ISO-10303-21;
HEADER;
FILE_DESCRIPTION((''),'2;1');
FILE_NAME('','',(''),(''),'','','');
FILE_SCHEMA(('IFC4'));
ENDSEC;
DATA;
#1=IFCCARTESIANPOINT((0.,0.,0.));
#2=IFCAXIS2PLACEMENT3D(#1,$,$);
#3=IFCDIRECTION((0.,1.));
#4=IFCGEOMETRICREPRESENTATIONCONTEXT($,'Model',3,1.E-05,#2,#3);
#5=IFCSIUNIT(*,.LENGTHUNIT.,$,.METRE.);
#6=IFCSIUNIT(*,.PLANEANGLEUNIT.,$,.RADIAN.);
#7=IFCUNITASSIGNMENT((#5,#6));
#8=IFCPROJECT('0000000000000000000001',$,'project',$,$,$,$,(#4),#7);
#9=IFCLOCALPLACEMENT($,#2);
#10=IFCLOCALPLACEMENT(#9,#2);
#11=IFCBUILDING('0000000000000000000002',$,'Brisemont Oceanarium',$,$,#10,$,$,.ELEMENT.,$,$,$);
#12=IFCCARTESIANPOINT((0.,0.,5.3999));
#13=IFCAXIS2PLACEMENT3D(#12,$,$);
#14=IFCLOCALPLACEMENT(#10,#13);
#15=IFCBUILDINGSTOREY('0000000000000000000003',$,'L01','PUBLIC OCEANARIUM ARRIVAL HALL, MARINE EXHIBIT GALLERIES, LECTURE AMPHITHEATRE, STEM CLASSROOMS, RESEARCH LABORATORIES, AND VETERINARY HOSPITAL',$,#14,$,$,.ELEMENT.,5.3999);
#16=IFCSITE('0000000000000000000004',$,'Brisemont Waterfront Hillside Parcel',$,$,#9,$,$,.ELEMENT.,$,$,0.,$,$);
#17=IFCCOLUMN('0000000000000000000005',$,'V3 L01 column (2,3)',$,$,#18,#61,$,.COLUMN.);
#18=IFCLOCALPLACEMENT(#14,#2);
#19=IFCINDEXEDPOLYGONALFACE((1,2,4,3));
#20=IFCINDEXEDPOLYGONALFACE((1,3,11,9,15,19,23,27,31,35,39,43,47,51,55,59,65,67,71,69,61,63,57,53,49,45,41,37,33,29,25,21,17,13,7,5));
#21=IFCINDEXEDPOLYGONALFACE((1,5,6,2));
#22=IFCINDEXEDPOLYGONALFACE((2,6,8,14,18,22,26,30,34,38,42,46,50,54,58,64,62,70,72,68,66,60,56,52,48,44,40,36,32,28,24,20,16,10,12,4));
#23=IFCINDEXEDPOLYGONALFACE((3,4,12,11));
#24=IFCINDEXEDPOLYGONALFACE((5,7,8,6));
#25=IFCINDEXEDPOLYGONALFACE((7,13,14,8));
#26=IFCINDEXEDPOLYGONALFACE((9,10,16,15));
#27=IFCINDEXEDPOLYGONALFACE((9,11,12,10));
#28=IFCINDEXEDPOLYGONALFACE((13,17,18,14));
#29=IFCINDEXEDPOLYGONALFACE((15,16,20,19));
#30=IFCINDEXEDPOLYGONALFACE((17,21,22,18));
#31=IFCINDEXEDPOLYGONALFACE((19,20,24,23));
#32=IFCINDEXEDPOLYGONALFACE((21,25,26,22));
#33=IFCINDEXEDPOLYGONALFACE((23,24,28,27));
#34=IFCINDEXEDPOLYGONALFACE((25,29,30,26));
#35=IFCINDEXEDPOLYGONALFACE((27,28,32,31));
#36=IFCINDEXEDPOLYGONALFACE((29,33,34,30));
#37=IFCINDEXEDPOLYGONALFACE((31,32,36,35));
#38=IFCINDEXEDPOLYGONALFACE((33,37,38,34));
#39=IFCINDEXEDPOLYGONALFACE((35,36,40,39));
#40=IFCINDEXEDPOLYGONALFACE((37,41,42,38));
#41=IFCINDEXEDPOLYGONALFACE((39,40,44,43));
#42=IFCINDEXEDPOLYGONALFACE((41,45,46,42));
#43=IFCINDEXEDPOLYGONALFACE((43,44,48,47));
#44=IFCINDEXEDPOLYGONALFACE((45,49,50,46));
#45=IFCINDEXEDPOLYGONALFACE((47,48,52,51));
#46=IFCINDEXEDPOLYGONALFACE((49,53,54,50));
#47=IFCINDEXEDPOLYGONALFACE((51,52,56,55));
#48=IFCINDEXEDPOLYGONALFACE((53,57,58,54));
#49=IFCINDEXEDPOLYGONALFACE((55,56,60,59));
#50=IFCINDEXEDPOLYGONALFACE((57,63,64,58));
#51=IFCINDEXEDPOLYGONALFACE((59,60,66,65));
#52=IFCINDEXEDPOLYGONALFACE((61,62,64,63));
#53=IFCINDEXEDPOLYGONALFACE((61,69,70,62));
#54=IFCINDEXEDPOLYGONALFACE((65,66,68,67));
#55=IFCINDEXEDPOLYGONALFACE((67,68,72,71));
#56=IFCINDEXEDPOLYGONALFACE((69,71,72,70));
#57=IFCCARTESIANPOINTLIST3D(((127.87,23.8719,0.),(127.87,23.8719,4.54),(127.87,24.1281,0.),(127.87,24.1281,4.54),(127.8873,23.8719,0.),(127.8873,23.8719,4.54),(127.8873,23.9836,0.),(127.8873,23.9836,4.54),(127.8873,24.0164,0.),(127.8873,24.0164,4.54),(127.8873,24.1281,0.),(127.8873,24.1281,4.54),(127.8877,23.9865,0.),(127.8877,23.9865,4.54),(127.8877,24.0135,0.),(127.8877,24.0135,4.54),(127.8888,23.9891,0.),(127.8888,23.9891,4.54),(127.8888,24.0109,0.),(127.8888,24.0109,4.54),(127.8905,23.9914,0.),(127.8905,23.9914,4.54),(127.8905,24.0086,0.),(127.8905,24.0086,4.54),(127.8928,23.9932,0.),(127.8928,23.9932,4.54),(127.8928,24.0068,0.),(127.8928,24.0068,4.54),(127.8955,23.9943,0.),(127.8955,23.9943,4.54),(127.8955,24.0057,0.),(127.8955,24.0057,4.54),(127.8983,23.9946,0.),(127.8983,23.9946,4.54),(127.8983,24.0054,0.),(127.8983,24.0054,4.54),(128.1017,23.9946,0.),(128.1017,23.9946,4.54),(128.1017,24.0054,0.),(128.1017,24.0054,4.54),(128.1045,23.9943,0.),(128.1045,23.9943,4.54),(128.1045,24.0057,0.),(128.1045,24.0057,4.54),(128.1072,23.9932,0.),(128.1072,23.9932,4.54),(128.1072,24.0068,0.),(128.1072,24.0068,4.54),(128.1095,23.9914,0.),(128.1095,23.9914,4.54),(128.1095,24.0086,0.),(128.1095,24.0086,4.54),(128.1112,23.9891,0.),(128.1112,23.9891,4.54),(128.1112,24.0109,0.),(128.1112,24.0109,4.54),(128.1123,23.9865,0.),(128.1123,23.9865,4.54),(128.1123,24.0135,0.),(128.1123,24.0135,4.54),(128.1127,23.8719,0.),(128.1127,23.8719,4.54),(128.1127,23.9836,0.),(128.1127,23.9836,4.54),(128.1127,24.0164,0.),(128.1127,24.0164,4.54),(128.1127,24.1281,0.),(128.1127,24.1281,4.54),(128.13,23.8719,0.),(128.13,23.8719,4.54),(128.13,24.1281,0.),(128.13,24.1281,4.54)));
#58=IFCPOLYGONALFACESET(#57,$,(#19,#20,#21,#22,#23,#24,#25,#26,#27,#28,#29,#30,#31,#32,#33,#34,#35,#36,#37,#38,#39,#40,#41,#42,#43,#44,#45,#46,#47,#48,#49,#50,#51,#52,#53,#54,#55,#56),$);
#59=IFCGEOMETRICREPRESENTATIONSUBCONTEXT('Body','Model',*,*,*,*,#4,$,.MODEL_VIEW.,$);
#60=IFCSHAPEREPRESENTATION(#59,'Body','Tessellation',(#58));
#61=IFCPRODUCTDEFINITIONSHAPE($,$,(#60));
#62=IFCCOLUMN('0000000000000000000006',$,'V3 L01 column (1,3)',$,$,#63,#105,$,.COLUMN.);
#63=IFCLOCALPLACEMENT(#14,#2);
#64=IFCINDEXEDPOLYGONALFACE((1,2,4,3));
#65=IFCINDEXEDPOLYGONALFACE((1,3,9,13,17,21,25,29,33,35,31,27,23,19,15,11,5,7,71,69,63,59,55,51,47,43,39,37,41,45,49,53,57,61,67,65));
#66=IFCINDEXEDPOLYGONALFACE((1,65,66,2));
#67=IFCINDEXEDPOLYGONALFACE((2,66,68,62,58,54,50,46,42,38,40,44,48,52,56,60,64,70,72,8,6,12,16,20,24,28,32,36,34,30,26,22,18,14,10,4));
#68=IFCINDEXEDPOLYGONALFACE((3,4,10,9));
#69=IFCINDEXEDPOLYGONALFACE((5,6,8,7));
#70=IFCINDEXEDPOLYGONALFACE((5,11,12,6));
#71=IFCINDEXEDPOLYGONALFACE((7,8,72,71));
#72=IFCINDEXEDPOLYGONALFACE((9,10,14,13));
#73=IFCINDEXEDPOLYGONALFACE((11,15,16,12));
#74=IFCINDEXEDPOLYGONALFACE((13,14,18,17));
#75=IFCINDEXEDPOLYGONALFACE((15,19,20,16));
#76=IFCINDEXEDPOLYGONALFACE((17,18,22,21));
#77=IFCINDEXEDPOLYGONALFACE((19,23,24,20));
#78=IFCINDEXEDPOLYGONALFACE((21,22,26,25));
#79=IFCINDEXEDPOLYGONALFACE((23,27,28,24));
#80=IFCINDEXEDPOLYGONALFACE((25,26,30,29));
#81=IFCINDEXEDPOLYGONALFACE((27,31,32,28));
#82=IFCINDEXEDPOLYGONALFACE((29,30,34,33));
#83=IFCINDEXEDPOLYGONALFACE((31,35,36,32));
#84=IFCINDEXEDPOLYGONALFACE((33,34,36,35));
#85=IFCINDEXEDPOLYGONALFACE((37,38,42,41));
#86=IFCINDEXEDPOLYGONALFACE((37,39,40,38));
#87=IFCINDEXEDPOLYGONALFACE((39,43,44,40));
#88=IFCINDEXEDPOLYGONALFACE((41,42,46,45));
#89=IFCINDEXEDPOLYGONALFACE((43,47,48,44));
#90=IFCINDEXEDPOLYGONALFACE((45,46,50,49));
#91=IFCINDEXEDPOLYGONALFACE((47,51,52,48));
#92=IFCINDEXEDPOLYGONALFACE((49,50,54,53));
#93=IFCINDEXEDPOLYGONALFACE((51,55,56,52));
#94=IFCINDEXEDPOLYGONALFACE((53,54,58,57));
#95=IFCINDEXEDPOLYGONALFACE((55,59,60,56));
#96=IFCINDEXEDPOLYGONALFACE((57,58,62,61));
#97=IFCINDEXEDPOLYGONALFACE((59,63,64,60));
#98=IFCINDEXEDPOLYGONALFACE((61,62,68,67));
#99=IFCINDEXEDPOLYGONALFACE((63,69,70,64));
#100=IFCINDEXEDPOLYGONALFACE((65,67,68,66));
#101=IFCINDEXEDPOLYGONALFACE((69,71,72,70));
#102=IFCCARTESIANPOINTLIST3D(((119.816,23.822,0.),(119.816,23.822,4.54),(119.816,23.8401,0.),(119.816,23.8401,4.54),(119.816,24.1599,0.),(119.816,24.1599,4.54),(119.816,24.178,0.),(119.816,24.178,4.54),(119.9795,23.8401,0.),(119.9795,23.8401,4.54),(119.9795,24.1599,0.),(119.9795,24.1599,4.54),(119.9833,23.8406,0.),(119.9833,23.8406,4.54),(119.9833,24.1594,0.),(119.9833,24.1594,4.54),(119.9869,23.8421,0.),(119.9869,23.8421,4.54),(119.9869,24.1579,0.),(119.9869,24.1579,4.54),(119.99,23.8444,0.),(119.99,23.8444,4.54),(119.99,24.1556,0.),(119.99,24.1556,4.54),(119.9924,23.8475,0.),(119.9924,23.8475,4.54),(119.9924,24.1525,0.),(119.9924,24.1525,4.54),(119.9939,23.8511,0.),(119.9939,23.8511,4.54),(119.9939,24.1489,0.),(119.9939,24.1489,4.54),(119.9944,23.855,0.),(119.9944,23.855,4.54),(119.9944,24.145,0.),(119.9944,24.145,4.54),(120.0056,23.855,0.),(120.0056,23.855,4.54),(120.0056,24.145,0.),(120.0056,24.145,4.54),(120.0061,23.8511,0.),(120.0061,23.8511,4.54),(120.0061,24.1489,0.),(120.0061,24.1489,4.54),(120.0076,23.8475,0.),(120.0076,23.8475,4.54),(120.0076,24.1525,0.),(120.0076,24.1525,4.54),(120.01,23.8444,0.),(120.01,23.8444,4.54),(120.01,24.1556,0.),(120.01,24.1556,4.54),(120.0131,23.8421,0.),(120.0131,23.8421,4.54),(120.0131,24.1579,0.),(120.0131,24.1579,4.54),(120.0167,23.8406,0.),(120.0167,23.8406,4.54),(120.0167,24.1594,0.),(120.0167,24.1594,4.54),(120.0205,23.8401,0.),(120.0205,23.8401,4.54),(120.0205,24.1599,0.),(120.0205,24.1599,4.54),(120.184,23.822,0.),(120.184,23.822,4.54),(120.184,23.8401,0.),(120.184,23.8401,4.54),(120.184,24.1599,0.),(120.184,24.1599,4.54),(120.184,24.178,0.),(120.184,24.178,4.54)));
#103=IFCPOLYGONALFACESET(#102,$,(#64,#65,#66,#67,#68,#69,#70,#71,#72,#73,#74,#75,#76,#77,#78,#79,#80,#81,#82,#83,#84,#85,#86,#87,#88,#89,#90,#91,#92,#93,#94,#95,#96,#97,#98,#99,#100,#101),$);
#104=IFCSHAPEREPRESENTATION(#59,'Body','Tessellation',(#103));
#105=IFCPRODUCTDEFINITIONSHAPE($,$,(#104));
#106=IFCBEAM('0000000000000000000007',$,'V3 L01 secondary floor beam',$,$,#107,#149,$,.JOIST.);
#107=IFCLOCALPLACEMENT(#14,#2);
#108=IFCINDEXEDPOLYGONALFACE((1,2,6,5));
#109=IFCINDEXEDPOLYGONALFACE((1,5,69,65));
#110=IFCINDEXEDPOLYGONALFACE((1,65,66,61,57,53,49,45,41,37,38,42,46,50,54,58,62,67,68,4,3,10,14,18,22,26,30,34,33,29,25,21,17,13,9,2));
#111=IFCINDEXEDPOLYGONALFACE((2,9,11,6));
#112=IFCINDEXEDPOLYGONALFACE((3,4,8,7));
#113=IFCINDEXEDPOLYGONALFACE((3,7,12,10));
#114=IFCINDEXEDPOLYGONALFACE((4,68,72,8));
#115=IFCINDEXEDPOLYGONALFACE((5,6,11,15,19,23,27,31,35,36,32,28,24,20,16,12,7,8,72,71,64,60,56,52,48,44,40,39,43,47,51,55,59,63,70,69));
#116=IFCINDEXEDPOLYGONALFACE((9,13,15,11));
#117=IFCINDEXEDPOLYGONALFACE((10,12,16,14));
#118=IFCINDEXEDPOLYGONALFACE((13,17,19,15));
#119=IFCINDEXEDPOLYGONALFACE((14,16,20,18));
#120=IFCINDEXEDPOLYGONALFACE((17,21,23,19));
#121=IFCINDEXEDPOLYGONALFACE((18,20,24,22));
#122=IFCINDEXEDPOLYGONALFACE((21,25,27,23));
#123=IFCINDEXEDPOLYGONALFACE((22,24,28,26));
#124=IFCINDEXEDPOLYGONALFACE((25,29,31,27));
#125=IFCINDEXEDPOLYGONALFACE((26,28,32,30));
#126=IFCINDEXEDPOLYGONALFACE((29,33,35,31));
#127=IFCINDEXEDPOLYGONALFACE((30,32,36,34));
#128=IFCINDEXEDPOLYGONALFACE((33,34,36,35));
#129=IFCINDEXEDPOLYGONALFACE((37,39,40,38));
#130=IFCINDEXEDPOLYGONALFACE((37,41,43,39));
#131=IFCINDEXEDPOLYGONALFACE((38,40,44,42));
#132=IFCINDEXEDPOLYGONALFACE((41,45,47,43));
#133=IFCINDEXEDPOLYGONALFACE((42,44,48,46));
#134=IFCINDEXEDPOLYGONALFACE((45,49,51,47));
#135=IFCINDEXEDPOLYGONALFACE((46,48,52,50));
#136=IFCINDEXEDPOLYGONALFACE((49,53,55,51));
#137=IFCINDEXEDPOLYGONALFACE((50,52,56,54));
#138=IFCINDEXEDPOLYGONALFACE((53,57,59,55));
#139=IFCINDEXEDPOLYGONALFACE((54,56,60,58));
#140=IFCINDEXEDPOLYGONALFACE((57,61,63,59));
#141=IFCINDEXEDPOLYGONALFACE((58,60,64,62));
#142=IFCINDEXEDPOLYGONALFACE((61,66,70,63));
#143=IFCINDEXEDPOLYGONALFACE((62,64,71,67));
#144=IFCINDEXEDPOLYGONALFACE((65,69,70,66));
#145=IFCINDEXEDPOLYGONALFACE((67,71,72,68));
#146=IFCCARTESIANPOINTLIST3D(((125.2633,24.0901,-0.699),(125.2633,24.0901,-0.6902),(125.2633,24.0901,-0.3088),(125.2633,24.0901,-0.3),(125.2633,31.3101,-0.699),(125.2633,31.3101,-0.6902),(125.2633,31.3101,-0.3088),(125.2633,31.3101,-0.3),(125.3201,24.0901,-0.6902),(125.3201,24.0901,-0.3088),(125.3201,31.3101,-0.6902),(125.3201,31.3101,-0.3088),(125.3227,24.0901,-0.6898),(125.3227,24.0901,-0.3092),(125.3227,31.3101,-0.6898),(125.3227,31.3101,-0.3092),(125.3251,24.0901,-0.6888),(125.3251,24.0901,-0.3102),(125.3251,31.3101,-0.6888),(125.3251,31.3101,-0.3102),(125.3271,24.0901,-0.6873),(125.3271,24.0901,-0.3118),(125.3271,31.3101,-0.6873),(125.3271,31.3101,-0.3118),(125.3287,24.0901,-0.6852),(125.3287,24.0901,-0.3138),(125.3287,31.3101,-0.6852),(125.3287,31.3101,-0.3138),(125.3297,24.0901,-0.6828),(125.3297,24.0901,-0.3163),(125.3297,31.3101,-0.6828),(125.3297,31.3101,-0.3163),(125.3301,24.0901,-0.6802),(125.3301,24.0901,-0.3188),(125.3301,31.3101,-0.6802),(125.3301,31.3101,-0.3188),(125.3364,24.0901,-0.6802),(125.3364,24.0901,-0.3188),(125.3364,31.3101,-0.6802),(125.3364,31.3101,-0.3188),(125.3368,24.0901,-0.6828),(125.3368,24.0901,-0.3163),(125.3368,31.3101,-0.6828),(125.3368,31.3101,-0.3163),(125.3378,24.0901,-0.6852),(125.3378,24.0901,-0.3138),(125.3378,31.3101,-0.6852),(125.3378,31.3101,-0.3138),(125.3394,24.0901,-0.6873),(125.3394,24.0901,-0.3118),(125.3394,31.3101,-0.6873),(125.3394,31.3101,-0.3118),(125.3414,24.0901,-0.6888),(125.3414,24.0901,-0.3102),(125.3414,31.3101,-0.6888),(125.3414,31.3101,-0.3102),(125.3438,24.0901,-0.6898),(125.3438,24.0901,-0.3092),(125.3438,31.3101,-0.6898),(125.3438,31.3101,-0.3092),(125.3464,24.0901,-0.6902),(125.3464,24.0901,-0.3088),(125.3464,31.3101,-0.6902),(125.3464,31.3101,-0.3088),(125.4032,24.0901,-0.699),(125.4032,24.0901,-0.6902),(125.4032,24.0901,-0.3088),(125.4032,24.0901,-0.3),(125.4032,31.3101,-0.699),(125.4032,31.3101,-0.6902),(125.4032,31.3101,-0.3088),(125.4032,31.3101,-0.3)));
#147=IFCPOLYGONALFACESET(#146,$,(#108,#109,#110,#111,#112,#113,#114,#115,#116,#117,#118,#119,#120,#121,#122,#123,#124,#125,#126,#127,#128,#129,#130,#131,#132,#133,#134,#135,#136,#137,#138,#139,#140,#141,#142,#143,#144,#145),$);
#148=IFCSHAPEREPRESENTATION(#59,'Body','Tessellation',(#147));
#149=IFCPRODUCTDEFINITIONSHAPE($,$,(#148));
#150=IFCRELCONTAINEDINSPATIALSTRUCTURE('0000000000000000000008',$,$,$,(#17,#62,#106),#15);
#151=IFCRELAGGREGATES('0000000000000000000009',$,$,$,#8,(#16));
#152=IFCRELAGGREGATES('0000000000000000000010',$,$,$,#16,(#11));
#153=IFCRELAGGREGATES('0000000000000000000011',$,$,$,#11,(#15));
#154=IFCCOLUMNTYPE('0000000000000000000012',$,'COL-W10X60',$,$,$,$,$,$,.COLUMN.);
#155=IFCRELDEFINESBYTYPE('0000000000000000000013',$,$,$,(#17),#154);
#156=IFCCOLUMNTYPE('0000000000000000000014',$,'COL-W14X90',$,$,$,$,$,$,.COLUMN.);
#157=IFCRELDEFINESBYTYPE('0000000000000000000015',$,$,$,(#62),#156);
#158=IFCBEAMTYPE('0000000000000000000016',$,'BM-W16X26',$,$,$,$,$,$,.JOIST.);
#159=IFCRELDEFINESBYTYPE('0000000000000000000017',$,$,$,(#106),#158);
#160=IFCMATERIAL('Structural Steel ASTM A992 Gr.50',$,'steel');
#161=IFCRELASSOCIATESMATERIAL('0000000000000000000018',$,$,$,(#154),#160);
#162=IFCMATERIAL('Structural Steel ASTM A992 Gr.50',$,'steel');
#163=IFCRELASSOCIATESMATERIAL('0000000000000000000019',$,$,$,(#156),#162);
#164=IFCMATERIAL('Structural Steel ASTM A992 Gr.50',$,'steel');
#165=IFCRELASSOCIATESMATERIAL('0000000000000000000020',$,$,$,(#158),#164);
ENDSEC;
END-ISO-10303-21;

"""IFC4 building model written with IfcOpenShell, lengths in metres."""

from ifc_helpers import new_model, si_unit, direction, frame, origin, origin_2d, place, context, subcontext, project, spatial, i_section, extrude, material, material_profile, profile_set, type_object, element, save


model = new_model("IFC4")

# Units and contexts
model_context = context("Model", 3, precision=1e-05, world=origin(), true_north=direction((0.0, 1.0)))
body_context = subcontext(model_context, "Body", "Model", "MODEL_VIEW")
ifc_project = project(units=[si_unit("LENGTHUNIT", "METRE"), si_unit("PLANEANGLEUNIT", "RADIAN")], contexts=[model_context])

# Site, building, storey
site_placement = place(None, origin())
site = spatial("IfcSite", under=ifc_project, at=site_placement, Name="Brisemont Waterfront Hillside Parcel", CompositionType="ELEMENT", RefElevation=0.0)
building_placement = place(site_placement, origin())
building = spatial("IfcBuilding", under=site, at=building_placement, Name="Brisemont Oceanarium", CompositionType="ELEMENT")
storey_placement = place(building_placement, frame((0.0, 0.0, 5.3999)))
storey = spatial("IfcBuildingStorey", under=building, at=storey_placement, Name="L01", Description="PUBLIC OCEANARIUM ARRIVAL HALL, MARINE EXHIBIT GALLERIES, LECTURE AMPHITHEATRE, STEM CLASSROOMS, RESEARCH LABORATORIES, AND VETERINARY HOSPITAL", CompositionType="ELEMENT", Elevation=5.3999)

# Columns
ifc_material_1 = material(Name="Structural Steel ASTM A992 Gr.50", Category="steel")
ifc_material_profile_1 = material_profile(ifc_material_1, i_section(OverallWidth=0.2561, OverallDepth=0.26, WebThickness=0.0107, FlangeThickness=0.0173, FilletRadius=0.011, at=origin_2d()), Name="W10X60")
ifc_profile_set_1 = profile_set([ifc_material_profile_1], Name="Structural Steel ASTM A992 Gr.50")
column_type_1 = type_object("IfcColumnType", Name="COL-W10X60", PredefinedType="COLUMN", material=ifc_profile_set_1)
column_1_placement = place(storey_placement, frame((128.0, 24.0, 0.0), z_axis=(0.0, 0.0, 1.0), x_axis=(0.0, 1.0, 0.0)))
element("IfcColumn", 1, at=column_1_placement, inside=storey, type_object=column_type_1, Name="V3 L01 column (2,3)", PredefinedType="COLUMN", context=body_context, shape_type="SweptSolid", body=[
    extrude(i_section(OverallWidth=0.2561, OverallDepth=0.26, WebThickness=0.0107, FlangeThickness=0.0173, FilletRadius=0.011, at=origin_2d()), origin(), (0.0, 0.0, 1.0), 4.54),
])
ifc_material_2 = material(Name="Structural Steel ASTM A992 Gr.50", Category="steel")
ifc_material_profile_2 = material_profile(ifc_material_2, i_section(OverallWidth=0.3679, OverallDepth=0.356, WebThickness=0.0112, FlangeThickness=0.0181, FilletRadius=0.0149, at=origin_2d()), Name="W14X90")
ifc_profile_set_2 = profile_set([ifc_material_profile_2], Name="Structural Steel ASTM A992 Gr.50")
column_type_2 = type_object("IfcColumnType", Name="COL-W14X90", PredefinedType="COLUMN", material=ifc_profile_set_2)
column_2_placement = place(storey_placement, frame((120.0, 24.0, 0.0), z_axis=(0.0, 0.0, 1.0), x_axis=(1.0, 0.0, 0.0)))
element("IfcColumn", 2, at=column_2_placement, inside=storey, type_object=column_type_2, Name="V3 L01 column (1,3)", PredefinedType="COLUMN", context=body_context, shape_type="SweptSolid", body=[
    extrude(i_section(OverallWidth=0.3679, OverallDepth=0.356, WebThickness=0.0112, FlangeThickness=0.0181, FilletRadius=0.0149, at=origin_2d()), origin(), (0.0, 0.0, 1.0), 4.54),
])

# Beam
ifc_material_3 = material(Name="Structural Steel ASTM A992 Gr.50", Category="steel")
ifc_material_profile_3 = material_profile(ifc_material_3, i_section(OverallWidth=0.1399, OverallDepth=0.3989, WebThickness=0.0063, FlangeThickness=0.0088, FilletRadius=0.01, at=origin_2d()), Name="W16X26")
ifc_profile_set_3 = profile_set([ifc_material_profile_3], Name="Structural Steel ASTM A992 Gr.50")
beam_type_1 = type_object("IfcBeamType", Name="BM-W16X26", PredefinedType="JOIST", material=ifc_profile_set_3)
beam_1_placement = place(storey_placement, frame((125.3333, 24.0901, -0.4995), z_axis=(0.0, 1.0, 0.0), x_axis=(-1.0, 0.0, 0.0)))
element("IfcBeam", 3, at=beam_1_placement, inside=storey, type_object=beam_type_1, Name="V3 L01 secondary floor beam", PredefinedType="JOIST", context=body_context, shape_type="SweptSolid", body=[
    extrude(i_section(OverallWidth=0.1399, OverallDepth=0.3989, WebThickness=0.0063, FlangeThickness=0.0088, FilletRadius=0.01, at=origin_2d()), origin(), (0.0, 0.0, 1.0), 7.22),
])

save(model, "model.ifc")
